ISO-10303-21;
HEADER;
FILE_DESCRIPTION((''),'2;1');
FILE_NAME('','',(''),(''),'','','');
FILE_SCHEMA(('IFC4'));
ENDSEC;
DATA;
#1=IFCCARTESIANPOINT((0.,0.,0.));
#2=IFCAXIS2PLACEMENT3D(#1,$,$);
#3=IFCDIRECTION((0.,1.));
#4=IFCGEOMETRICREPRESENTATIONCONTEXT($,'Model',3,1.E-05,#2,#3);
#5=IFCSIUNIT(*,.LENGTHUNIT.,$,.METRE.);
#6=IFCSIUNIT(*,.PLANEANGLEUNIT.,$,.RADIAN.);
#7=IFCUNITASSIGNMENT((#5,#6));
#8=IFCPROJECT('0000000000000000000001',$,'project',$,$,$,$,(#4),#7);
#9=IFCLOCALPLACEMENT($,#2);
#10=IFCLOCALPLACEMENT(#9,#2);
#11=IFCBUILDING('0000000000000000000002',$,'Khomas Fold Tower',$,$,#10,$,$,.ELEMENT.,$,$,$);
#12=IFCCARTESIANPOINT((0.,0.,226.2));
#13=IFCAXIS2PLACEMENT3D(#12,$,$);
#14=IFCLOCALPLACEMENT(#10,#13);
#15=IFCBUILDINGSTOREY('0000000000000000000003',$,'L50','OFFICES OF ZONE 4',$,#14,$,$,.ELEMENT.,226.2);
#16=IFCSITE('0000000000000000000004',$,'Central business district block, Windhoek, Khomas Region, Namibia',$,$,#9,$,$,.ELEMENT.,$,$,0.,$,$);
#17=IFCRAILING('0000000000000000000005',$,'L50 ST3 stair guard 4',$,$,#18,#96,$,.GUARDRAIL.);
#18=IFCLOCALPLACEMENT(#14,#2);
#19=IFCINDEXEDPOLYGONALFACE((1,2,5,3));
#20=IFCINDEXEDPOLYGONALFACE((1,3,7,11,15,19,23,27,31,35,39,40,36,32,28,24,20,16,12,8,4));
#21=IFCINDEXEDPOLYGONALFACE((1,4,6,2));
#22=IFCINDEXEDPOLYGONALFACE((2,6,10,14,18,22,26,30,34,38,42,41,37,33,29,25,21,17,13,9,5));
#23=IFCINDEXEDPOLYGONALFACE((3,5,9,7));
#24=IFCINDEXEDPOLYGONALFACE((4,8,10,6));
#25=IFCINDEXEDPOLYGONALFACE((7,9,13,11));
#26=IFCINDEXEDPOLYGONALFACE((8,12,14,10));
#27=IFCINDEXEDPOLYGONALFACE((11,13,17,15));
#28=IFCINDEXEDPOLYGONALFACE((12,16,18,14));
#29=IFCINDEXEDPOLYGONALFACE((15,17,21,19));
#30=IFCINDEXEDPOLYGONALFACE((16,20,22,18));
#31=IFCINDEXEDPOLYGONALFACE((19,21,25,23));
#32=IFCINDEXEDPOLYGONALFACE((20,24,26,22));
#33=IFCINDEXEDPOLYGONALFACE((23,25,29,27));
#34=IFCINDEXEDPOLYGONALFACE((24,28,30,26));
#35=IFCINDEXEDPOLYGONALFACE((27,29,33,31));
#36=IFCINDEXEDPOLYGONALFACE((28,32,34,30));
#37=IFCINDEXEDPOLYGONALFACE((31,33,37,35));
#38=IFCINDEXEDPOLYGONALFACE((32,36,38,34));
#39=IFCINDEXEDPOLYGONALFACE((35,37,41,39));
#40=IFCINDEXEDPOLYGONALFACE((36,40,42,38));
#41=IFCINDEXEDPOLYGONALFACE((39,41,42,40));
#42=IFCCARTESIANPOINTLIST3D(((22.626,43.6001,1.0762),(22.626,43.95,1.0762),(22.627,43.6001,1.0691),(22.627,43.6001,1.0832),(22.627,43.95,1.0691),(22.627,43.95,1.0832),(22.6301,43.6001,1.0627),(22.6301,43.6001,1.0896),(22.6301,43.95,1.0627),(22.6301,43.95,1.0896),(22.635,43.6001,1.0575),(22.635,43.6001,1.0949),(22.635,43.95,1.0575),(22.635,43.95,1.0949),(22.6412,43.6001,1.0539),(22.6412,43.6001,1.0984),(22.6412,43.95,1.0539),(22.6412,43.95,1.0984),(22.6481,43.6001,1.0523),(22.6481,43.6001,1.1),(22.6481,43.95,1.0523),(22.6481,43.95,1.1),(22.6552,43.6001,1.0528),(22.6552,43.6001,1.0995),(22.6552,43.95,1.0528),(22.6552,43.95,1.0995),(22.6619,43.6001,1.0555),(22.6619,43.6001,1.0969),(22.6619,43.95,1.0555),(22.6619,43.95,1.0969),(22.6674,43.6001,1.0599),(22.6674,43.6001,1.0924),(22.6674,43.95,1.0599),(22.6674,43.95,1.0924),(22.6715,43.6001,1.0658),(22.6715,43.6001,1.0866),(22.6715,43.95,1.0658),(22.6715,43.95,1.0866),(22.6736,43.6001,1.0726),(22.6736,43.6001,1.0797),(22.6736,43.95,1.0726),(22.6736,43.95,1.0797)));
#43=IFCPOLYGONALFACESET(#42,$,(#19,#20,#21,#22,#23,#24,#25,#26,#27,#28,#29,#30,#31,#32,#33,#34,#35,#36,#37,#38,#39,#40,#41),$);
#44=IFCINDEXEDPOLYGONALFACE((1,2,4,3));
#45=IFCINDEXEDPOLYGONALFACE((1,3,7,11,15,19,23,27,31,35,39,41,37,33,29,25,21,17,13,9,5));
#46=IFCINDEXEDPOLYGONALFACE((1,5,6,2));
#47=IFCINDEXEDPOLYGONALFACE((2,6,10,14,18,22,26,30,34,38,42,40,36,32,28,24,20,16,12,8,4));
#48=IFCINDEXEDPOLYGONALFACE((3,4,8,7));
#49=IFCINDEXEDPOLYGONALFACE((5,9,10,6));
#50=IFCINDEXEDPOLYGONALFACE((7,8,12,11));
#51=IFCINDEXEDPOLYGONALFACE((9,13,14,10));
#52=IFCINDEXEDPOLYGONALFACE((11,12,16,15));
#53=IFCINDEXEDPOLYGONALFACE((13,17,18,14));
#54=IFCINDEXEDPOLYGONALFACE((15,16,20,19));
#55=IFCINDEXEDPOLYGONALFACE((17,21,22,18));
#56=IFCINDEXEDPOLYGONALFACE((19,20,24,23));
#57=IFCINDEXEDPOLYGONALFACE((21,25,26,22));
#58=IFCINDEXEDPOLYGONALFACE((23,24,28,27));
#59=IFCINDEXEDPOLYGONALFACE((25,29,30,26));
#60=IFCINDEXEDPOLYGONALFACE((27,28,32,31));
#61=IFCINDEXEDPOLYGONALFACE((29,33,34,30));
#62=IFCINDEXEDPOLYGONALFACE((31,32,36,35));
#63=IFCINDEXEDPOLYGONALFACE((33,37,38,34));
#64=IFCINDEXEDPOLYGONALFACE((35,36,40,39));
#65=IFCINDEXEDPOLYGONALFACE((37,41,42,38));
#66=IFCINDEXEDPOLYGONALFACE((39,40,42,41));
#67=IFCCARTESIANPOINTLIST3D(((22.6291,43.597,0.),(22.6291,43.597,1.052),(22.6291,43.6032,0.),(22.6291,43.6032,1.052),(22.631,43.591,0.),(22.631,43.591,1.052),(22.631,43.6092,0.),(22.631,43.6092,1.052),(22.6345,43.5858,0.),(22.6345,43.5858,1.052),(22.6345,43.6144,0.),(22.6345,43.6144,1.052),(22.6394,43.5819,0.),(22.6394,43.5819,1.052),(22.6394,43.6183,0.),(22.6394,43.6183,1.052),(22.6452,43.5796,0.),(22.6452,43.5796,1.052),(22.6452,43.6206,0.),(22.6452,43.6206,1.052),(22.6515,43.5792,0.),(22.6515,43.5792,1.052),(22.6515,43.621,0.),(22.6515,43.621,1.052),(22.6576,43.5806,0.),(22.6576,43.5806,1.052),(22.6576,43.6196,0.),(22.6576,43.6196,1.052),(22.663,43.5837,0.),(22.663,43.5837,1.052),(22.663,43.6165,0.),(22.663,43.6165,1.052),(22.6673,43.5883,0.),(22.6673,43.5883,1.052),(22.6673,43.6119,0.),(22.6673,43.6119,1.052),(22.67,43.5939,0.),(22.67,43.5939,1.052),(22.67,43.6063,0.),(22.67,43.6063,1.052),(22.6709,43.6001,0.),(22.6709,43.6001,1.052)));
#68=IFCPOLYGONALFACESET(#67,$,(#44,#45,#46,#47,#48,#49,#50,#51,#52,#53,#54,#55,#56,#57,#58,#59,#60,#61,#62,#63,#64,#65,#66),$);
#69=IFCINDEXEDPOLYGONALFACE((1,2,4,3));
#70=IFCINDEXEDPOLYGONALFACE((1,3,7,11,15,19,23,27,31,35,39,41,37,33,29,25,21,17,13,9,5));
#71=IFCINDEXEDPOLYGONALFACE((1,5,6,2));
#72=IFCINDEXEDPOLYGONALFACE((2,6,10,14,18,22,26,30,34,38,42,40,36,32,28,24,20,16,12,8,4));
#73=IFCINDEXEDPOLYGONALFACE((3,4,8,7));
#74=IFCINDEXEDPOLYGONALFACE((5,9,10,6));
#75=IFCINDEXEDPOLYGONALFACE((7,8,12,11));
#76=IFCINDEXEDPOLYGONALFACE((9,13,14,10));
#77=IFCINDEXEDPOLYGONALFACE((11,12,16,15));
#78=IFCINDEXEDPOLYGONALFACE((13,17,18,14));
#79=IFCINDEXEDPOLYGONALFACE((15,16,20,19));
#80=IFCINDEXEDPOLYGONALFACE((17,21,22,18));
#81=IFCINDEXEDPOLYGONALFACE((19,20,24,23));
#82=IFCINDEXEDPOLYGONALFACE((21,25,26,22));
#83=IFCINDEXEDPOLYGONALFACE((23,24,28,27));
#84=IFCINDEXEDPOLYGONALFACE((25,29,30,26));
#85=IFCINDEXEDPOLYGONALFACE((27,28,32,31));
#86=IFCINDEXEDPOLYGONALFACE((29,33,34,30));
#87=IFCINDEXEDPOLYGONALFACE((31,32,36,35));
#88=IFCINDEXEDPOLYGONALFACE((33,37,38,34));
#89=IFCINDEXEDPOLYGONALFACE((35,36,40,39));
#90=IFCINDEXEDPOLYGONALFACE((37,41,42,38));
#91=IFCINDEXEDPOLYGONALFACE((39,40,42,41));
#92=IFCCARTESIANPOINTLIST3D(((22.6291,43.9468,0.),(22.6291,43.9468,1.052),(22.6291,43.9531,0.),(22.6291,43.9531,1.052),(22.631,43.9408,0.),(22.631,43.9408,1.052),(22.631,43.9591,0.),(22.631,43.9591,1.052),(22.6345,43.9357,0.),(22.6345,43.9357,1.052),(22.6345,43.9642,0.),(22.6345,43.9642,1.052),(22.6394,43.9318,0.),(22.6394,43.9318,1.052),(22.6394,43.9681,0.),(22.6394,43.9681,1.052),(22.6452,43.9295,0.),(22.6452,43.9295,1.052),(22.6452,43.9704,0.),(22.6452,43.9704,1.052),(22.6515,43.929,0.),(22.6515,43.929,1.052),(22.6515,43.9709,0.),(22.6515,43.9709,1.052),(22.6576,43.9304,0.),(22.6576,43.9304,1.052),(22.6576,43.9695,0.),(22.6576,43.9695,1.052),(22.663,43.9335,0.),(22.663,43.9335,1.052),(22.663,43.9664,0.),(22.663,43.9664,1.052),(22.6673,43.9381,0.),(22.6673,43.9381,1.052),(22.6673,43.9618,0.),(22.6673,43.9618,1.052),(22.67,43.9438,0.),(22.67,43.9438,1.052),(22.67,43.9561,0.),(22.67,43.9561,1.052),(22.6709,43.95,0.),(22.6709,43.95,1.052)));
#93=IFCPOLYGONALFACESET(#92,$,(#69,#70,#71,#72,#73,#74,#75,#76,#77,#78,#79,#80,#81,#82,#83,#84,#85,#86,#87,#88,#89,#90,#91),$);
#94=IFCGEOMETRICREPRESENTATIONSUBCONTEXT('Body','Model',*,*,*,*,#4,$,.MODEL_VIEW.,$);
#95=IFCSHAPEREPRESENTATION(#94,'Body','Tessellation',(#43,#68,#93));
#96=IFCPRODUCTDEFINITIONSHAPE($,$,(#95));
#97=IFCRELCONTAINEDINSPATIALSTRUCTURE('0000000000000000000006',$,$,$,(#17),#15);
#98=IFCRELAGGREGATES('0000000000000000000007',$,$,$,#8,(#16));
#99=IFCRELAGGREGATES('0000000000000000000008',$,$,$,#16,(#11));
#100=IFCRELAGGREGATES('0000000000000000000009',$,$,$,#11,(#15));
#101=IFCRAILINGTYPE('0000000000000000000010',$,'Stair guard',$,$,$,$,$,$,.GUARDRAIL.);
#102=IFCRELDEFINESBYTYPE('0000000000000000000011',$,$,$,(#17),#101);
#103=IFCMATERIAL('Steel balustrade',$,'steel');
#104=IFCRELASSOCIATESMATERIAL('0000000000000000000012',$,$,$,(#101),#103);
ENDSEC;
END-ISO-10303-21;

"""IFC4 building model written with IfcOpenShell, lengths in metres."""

from ifc_helpers import new_model, si_unit, direction, frame, origin, origin_2d, place, context, subcontext, project, spatial, circle, extrude, source, transform, mapped, material, type_object, element, save


model = new_model("IFC4")

# Units and contexts
model_context = context("Model", 3, precision=1e-05, world=origin(), true_north=direction((0.0, 1.0)))
body_context = subcontext(model_context, "Body", "Model", "MODEL_VIEW")
ifc_project = project(units=[si_unit("LENGTHUNIT", "METRE"), si_unit("PLANEANGLEUNIT", "RADIAN")], contexts=[model_context])

# Site, building, storey
site_placement = place(None, origin())
site = spatial("IfcSite", under=ifc_project, at=site_placement, Name="Central business district block, Windhoek, Khomas Region, Namibia", CompositionType="ELEMENT", RefElevation=0.0)
building_placement = place(site_placement, origin())
building = spatial("IfcBuilding", under=site, at=building_placement, Name="Khomas Fold Tower", CompositionType="ELEMENT")
storey_placement = place(building_placement, frame((0.0, 0.0, 226.2)))
storey = spatial("IfcBuildingStorey", under=building, at=storey_placement, Name="L50", Description="OFFICES OF ZONE 4", CompositionType="ELEMENT", Elevation=226.2)

# Railing
ifc_material_1 = material(Name="Steel balustrade", Category="steel")
railing_type_1 = type_object("IfcRailingType", Name="Stair guard", PredefinedType="GUARDRAIL", material=ifc_material_1)
shared_shape_1 = source(origin(), body_context, "Body", "SweptSolid", [
    extrude(circle(Radius=0.0239, at=origin_2d()), frame((0.0, 0.0, 1.0762), z_axis=(0.0, 1.0, 0.0), x_axis=(-1.0, 0.0, 0.0)), (0.0, 0.0, 1.0), 0.3499),
    extrude(circle(Radius=0.021, at=origin_2d()), origin(), (0.0, 0.0, 1.0), 1.052),
    extrude(circle(Radius=0.021, at=origin_2d()), frame((0.0, 0.3499, 0.0)), (0.0, 0.0, 1.0), 1.052),
])
for number, where, name in (
    (1, (22.6499, 43.6001, 0.0), "L50 ST3 stair guard 4"),
):
    element("IfcRailing", number, at=place(storey_placement, frame(where)), inside=storey, type_object=railing_type_1, Name=name, PredefinedType="GUARDRAIL", context=body_context, shape_type="MappedRepresentation", body=[
        mapped(shared_shape_1, transform((0.0, 0.0, 0.0))),
    ])

save(model, "model.ifc")
